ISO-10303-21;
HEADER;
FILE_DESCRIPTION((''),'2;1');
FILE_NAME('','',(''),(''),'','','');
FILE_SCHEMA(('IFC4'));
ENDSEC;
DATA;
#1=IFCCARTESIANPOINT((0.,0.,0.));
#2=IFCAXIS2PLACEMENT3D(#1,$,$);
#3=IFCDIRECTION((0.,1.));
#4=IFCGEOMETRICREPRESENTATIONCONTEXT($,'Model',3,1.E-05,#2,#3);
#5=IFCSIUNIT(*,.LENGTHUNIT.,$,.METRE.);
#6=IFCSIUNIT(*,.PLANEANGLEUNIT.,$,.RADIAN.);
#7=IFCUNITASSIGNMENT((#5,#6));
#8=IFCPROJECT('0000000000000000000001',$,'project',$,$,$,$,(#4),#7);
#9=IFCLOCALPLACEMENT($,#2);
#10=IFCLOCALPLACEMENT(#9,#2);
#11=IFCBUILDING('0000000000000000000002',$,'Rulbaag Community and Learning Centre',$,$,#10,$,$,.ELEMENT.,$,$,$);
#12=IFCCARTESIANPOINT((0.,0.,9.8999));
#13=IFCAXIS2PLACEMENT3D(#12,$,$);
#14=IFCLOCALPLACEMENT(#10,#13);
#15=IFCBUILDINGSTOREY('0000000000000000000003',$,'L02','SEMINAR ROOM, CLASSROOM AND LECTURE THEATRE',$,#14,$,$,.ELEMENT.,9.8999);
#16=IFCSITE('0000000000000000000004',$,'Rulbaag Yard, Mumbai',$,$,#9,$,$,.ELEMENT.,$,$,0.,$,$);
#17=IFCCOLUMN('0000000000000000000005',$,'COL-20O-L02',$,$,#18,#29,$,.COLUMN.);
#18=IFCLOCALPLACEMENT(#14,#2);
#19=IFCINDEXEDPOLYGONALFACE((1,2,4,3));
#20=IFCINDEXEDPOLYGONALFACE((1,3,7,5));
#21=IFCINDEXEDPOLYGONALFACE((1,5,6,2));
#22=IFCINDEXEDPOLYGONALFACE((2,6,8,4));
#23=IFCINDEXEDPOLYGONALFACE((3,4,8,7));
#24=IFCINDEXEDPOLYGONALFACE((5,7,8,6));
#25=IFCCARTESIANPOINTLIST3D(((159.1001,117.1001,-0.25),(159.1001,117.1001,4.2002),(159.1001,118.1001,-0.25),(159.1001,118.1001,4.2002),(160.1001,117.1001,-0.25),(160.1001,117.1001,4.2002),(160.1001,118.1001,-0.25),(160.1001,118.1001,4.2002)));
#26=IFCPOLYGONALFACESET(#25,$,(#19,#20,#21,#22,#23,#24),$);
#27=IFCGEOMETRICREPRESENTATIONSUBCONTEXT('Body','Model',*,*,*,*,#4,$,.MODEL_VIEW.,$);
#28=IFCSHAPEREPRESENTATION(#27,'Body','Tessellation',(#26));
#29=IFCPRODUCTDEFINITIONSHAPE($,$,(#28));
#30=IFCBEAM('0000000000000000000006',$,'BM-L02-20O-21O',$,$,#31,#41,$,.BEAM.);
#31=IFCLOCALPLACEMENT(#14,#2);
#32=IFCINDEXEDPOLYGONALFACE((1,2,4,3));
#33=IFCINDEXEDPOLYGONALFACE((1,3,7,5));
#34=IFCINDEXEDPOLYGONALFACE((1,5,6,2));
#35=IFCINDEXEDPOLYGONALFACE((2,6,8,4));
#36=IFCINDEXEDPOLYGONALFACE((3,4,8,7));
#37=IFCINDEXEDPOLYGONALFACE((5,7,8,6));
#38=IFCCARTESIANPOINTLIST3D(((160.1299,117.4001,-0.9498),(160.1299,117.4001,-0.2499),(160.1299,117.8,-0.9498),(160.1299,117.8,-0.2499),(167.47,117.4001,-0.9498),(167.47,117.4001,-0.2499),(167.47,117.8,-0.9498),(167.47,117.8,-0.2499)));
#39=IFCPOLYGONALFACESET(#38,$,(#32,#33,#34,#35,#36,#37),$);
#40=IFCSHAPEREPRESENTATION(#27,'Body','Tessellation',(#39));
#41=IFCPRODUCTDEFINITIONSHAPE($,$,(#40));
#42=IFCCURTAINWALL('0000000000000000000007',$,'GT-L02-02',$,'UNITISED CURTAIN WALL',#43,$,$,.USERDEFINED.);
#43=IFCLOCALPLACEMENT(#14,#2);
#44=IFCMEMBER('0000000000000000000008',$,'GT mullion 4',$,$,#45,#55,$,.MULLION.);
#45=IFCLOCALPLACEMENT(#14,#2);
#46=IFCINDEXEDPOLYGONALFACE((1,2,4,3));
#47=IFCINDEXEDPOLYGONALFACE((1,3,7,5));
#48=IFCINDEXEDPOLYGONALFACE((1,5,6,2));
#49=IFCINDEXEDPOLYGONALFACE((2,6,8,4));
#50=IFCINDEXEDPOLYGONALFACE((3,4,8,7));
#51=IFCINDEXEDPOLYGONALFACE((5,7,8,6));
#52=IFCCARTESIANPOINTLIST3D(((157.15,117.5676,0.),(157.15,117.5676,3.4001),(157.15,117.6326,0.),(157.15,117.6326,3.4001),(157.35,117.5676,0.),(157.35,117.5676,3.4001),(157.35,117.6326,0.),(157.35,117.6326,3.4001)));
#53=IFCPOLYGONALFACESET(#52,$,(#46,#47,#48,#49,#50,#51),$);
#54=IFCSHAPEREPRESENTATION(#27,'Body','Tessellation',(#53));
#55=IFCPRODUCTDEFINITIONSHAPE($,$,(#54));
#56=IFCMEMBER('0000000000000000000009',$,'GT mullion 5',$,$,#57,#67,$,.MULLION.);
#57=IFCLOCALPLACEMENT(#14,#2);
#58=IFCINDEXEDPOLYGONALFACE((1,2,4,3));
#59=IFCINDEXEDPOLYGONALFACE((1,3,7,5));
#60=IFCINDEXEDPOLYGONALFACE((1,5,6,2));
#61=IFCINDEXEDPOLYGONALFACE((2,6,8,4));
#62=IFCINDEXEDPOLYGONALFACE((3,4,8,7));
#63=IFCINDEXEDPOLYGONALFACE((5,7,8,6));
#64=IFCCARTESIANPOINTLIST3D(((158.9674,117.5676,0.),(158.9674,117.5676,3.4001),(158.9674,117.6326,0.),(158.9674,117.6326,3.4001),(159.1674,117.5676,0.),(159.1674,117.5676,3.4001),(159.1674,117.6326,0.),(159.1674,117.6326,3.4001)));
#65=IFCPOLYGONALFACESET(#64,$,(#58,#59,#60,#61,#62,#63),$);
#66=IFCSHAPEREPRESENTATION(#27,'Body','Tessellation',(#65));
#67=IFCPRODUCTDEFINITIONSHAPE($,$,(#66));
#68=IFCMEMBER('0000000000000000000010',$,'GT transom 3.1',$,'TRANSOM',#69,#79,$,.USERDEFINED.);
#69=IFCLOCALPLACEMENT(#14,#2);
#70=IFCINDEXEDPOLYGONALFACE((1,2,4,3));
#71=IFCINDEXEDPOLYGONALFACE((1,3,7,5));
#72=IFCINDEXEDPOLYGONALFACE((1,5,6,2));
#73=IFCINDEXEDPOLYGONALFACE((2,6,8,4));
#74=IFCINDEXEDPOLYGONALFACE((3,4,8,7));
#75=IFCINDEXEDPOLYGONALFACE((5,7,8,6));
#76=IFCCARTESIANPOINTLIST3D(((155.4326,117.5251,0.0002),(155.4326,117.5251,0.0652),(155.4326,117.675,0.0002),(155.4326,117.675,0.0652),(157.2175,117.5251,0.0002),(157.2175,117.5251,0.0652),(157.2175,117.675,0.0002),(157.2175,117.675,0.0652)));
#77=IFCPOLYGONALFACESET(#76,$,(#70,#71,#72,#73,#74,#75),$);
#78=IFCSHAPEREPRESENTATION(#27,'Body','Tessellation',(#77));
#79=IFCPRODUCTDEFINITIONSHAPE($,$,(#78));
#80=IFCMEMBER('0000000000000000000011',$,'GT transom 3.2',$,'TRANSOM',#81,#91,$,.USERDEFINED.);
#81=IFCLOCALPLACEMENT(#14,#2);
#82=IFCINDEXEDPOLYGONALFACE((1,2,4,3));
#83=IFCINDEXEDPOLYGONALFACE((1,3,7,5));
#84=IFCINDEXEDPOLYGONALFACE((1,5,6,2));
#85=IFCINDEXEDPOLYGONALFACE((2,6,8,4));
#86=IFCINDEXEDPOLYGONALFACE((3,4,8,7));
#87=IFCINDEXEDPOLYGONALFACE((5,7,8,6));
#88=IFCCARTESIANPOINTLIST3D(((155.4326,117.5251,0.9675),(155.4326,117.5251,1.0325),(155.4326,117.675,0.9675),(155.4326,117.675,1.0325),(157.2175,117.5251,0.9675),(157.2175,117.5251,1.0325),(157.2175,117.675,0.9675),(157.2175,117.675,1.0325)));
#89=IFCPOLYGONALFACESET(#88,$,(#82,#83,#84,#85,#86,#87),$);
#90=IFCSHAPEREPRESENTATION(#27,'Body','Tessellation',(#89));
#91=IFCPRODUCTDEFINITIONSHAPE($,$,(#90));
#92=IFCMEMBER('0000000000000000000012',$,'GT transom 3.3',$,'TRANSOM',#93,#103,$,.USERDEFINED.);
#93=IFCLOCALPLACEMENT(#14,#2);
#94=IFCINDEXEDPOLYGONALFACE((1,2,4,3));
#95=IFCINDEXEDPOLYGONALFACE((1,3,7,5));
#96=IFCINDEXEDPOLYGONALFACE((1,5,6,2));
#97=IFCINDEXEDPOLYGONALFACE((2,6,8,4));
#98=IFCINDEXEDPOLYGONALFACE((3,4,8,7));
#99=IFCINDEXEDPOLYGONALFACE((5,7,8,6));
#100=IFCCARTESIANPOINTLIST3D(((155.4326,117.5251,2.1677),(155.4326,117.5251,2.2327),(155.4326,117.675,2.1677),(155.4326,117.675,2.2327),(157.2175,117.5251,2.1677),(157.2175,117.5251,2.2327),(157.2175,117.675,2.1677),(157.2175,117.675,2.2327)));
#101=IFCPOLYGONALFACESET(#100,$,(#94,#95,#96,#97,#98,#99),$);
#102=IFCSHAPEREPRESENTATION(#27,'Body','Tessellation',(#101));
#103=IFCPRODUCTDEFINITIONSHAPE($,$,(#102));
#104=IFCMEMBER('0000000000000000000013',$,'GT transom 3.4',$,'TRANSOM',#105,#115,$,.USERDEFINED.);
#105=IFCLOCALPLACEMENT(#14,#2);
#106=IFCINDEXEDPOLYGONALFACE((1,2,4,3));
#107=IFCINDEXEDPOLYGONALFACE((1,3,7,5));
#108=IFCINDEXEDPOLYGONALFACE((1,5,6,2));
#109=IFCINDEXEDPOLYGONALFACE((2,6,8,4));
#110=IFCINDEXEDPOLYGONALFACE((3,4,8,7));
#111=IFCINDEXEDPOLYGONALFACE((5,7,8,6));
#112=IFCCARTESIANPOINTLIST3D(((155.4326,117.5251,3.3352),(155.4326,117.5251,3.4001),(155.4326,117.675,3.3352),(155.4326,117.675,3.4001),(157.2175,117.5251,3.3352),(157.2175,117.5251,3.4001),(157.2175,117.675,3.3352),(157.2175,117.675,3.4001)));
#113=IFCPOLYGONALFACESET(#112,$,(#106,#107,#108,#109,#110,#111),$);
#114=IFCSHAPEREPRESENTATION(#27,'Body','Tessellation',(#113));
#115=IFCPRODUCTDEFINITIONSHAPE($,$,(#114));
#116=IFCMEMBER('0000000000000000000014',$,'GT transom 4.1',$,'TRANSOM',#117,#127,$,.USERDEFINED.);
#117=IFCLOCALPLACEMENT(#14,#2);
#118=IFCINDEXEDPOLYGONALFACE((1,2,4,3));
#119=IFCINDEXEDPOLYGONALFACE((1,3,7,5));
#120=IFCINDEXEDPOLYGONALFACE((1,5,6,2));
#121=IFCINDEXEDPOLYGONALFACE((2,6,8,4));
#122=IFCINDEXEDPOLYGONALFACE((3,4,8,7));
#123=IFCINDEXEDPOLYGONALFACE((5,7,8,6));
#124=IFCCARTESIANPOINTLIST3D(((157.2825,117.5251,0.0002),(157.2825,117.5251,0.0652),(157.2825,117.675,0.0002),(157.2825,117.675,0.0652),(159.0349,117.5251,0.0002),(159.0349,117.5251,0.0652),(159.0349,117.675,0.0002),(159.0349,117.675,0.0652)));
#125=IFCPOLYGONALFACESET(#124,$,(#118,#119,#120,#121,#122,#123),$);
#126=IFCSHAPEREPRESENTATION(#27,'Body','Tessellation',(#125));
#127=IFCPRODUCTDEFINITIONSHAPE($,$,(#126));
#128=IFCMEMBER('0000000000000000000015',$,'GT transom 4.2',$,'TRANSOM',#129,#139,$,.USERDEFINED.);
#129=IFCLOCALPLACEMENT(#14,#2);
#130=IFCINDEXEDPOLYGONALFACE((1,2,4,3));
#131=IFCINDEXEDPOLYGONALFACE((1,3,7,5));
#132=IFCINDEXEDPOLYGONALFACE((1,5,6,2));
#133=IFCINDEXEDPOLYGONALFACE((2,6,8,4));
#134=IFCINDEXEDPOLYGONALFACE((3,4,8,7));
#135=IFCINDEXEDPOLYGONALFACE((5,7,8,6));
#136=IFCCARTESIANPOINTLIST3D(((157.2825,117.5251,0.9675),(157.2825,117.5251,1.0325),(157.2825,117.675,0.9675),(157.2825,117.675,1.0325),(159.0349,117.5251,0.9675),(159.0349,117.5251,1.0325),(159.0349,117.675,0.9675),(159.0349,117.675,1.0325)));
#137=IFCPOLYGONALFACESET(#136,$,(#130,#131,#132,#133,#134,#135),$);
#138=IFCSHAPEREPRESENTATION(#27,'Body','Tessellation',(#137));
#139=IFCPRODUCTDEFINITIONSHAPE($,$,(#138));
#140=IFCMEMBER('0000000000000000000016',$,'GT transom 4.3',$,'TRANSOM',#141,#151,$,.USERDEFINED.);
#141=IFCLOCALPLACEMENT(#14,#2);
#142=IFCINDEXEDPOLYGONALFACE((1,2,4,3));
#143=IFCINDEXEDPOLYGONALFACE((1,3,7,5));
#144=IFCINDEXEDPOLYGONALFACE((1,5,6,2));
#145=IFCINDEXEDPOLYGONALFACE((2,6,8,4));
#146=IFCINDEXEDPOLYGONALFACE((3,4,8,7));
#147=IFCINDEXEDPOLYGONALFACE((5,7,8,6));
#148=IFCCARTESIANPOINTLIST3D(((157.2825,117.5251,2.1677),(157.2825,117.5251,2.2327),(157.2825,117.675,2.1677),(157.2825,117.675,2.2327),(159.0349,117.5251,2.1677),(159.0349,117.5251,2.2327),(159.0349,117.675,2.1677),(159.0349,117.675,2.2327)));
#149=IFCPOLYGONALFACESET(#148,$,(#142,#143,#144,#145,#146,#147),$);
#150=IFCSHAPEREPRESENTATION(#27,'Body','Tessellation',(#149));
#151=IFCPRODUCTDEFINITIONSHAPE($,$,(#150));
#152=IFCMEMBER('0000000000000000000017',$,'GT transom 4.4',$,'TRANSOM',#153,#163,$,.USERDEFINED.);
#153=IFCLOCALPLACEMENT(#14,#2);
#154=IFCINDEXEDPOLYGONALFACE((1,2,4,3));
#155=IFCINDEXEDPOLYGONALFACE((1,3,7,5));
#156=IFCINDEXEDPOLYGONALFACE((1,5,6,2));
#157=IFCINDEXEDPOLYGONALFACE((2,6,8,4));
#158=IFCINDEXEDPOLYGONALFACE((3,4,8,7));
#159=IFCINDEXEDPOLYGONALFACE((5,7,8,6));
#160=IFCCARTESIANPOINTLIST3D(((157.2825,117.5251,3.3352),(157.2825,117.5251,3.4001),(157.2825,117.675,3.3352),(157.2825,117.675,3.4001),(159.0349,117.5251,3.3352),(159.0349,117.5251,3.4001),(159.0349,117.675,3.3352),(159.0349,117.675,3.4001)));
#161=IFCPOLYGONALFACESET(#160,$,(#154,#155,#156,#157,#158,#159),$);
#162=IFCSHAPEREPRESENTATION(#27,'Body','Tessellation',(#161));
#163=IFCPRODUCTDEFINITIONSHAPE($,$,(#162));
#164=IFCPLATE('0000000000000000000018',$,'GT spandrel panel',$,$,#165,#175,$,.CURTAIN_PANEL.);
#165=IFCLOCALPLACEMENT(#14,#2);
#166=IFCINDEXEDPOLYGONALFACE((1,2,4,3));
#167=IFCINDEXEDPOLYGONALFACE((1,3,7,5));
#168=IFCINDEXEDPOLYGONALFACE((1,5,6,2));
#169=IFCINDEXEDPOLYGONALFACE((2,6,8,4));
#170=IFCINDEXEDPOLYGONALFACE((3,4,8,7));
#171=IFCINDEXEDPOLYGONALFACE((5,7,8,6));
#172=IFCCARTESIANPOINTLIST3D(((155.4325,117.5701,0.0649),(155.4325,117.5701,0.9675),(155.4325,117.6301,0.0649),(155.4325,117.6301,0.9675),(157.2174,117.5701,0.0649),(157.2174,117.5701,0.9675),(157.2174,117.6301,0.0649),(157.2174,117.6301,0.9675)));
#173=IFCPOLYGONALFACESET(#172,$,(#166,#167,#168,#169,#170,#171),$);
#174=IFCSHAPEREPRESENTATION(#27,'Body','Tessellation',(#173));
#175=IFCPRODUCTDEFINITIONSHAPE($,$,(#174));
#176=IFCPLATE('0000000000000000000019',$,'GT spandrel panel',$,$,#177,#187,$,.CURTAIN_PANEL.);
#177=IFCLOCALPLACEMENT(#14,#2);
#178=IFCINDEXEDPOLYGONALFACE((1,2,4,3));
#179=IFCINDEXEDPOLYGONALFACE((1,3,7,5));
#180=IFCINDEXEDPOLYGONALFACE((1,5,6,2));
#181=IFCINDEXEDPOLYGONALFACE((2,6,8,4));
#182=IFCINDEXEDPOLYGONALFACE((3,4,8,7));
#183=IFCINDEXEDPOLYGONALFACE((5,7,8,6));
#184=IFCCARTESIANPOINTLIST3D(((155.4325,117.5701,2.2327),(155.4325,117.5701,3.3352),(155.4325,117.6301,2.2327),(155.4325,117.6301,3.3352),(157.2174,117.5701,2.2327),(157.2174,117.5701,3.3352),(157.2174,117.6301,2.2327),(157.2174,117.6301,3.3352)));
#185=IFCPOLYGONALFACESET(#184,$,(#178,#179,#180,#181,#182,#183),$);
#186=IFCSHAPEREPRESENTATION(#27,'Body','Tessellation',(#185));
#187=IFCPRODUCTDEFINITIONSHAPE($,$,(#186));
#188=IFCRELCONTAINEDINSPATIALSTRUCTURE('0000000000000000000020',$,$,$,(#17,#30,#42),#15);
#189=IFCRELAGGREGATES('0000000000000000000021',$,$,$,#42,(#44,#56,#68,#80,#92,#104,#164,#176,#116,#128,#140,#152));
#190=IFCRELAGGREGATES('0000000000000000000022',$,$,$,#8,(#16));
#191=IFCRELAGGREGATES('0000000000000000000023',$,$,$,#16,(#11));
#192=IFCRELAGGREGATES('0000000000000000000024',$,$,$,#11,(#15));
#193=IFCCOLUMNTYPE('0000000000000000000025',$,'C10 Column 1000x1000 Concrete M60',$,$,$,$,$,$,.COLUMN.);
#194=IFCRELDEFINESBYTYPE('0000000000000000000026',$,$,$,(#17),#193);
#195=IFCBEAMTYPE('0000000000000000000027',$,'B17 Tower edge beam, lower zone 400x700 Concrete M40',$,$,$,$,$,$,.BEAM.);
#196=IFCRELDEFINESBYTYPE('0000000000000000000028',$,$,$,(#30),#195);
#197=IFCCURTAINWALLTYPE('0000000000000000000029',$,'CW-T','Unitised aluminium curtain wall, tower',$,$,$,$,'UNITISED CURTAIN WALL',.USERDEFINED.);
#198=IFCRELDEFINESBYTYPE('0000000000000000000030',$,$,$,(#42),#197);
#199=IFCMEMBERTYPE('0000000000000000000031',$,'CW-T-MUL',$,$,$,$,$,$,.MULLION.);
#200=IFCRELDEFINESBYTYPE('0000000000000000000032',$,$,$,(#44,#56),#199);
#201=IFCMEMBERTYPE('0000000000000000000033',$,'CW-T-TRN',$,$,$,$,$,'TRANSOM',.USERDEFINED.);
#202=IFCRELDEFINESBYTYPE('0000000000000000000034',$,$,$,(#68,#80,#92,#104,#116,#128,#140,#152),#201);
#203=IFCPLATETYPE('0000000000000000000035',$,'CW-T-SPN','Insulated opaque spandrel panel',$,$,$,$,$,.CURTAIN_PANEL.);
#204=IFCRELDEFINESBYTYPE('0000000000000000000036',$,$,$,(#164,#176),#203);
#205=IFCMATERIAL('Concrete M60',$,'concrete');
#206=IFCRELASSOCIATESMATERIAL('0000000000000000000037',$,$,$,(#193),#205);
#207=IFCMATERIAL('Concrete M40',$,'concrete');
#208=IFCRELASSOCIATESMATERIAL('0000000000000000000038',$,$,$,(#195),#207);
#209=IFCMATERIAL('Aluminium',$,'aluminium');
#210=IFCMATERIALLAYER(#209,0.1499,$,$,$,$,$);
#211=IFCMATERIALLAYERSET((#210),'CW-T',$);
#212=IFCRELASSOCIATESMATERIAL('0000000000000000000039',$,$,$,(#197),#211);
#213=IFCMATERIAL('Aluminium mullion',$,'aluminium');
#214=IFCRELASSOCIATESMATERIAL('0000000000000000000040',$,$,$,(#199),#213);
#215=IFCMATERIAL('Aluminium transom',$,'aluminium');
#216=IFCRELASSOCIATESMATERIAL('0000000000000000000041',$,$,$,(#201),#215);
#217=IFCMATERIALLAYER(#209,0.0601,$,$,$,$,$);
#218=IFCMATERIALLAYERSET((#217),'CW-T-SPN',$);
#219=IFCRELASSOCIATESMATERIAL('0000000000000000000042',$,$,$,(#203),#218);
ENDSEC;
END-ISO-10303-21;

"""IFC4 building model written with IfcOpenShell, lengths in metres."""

from ifc_helpers import new_model, si_unit, direction, frame, origin, origin_2d, place, context, subcontext, project, spatial, rectangle, extrude, material, layer, layer_set, material_profile, profile_set, type_object, element, aggregate, save


model = new_model("IFC4")

# Units and contexts
model_context = context("Model", 3, precision=1e-05, world=origin(), true_north=direction((0.0, 1.0)))
body_context = subcontext(model_context, "Body", "Model", "MODEL_VIEW")
ifc_project = project(units=[si_unit("LENGTHUNIT", "METRE"), si_unit("PLANEANGLEUNIT", "RADIAN")], contexts=[model_context])

# Site, building, storey
site_placement = place(None, origin())
site = spatial("IfcSite", under=ifc_project, at=site_placement, Name="Rulbaag Yard, Mumbai", CompositionType="ELEMENT", RefElevation=0.0)
building_placement = place(site_placement, origin())
building = spatial("IfcBuilding", under=site, at=building_placement, Name="Rulbaag Community and Learning Centre", CompositionType="ELEMENT")
storey_placement = place(building_placement, frame((0.0, 0.0, 9.8999)))
storey = spatial("IfcBuildingStorey", under=building, at=storey_placement, Name="L02", Description="SEMINAR ROOM, CLASSROOM AND LECTURE THEATRE", CompositionType="ELEMENT", Elevation=9.8999)

# Column
ifc_material_1 = material(Name="Concrete M60", Category="concrete")
ifc_material_profile_1 = material_profile(ifc_material_1, rectangle(XDim=1.0, YDim=1.0, at=origin_2d()), Name="RC1000x1000")
ifc_profile_set_1 = profile_set([ifc_material_profile_1], Name="Concrete M60")
column_type = type_object("IfcColumnType", Name="C10 Column 1000x1000 Concrete M60", PredefinedType="COLUMN", material=ifc_profile_set_1)
column_placement = place(storey_placement, frame((159.6001, 117.6001, -0.25), z_axis=(0.0, 0.0, 1.0), x_axis=(1.0, 0.0, 0.0)))
element("IfcColumn", 1, at=column_placement, inside=storey, type_object=column_type, Name="COL-20O-L02", PredefinedType="COLUMN", context=body_context, shape_type="SweptSolid", body=[
    extrude(rectangle(XDim=1.0, YDim=1.0, at=origin_2d()), origin(), (0.0, 0.0, 1.0), 4.4502),
])

# Beam
ifc_material_2 = material(Name="Concrete M40", Category="concrete")
ifc_material_profile_2 = material_profile(ifc_material_2, rectangle(XDim=0.3999, YDim=0.7, at=origin_2d()), Name="RB400x700")
ifc_profile_set_2 = profile_set([ifc_material_profile_2], Name="Concrete M40")
beam_type = type_object("IfcBeamType", Name="B17 Tower edge beam, lower zone 400x700 Concrete M40", PredefinedType="BEAM", material=ifc_profile_set_2)
beam_placement = place(storey_placement, frame((160.1299, 117.6001, -0.5999), z_axis=(1.0, 0.0, 0.0), x_axis=(0.0, 1.0, 0.0)))
element("IfcBeam", 2, at=beam_placement, inside=storey, type_object=beam_type, Name="BM-L02-20O-21O", PredefinedType="BEAM", context=body_context, shape_type="SweptSolid", body=[
    extrude(rectangle(XDim=0.3999, YDim=0.7, at=origin_2d()), origin(), (0.0, 0.0, 1.0), 7.3401),
])

# Curtain wall, members, plates
ifc_material_3 = material(Name="Aluminium", Category="aluminium")
ifc_layer_1 = layer(ifc_material_3, 0.1499)
ifc_layer_set_1 = layer_set([ifc_layer_1], Name="CW-T")
curtain_wall_type = type_object("IfcCurtainWallType", Name="CW-T", Description="Unitised aluminium curtain wall, tower", ElementType="UNITISED CURTAIN WALL", PredefinedType="USERDEFINED", material=ifc_layer_set_1)
curtain_wall_placement = place(storey_placement, origin())
curtain_wall = element("IfcCurtainWall", 3, at=curtain_wall_placement, inside=storey, type_object=curtain_wall_type, Name="GT-L02-02", ObjectType="UNITISED CURTAIN WALL", PredefinedType="USERDEFINED")
ifc_material_4 = material(Name="Aluminium mullion", Category="aluminium")
ifc_material_profile_3 = material_profile(ifc_material_4, rectangle(XDim=0.0649, YDim=0.2, at=origin_2d()), Name="AL 65x200")
ifc_profile_set_3 = profile_set([ifc_material_profile_3], Name="Aluminium mullion")
member_type_1 = type_object("IfcMemberType", Name="CW-T-MUL", PredefinedType="MULLION", material=ifc_profile_set_3)
member_1_placement = place(storey_placement, frame((157.25, 117.6001, 0.0), z_axis=(0.0, 0.0, 1.0), x_axis=(0.0, 1.0, 0.0)))
member_1 = element("IfcMember", 4, at=member_1_placement, type_object=member_type_1, Name="GT mullion 4", PredefinedType="MULLION", context=body_context, shape_type="SweptSolid", body=[
    extrude(rectangle(XDim=0.0649, YDim=0.2, at=origin_2d()), origin(), (0.0, 0.0, 1.0), 3.4001),
])
member_2_placement = place(storey_placement, frame((159.0674, 117.6001, 0.0), z_axis=(0.0, 0.0, 1.0), x_axis=(0.0, 1.0, 0.0)))
member_2 = element("IfcMember", 5, at=member_2_placement, type_object=member_type_1, Name="GT mullion 5", PredefinedType="MULLION", context=body_context, shape_type="SweptSolid", body=[
    extrude(rectangle(XDim=0.0649, YDim=0.2, at=origin_2d()), origin(), (0.0, 0.0, 1.0), 3.4001),
])
ifc_material_5 = material(Name="Aluminium transom", Category="aluminium")
ifc_material_profile_4 = material_profile(ifc_material_5, rectangle(XDim=0.1499, YDim=0.0649, at=origin_2d()), Name="AL 65x150 T")
ifc_profile_set_4 = profile_set([ifc_material_profile_4], Name="Aluminium transom")
member_type_2 = type_object("IfcMemberType", Name="CW-T-TRN", ElementType="TRANSOM", PredefinedType="USERDEFINED", material=ifc_profile_set_4)
member_3_placement = place(storey_placement, frame((155.4326, 117.6001, 0.0327), z_axis=(1.0, 0.0, 0.0), x_axis=(0.0, 1.0, 0.0)))
member_3 = element("IfcMember", 6, at=member_3_placement, type_object=member_type_2, Name="GT transom 3.1", ObjectType="TRANSOM", PredefinedType="USERDEFINED", context=body_context, shape_type="SweptSolid", body=[
    extrude(rectangle(XDim=0.1499, YDim=0.0649, at=origin_2d()), origin(), (0.0, 0.0, 1.0), 1.7849),
])
member_4_placement = place(storey_placement, frame((155.4326, 117.6001, 1.0), z_axis=(1.0, 0.0, 0.0), x_axis=(0.0, 1.0, 0.0)))
member_4 = element("IfcMember", 7, at=member_4_placement, type_object=member_type_2, Name="GT transom 3.2", ObjectType="TRANSOM", PredefinedType="USERDEFINED", context=body_context, shape_type="SweptSolid", body=[
    extrude(rectangle(XDim=0.1499, YDim=0.0649, at=origin_2d()), origin(), (0.0, 0.0, 1.0), 1.7849),
])
member_5_placement = place(storey_placement, frame((155.4326, 117.6001, 2.2002), z_axis=(1.0, 0.0, 0.0), x_axis=(0.0, 1.0, 0.0)))
member_5 = element("IfcMember", 8, at=member_5_placement, type_object=member_type_2, Name="GT transom 3.3", ObjectType="TRANSOM", PredefinedType="USERDEFINED", context=body_context, shape_type="SweptSolid", body=[
    extrude(rectangle(XDim=0.1499, YDim=0.0649, at=origin_2d()), origin(), (0.0, 0.0, 1.0), 1.7849),
])
member_6_placement = place(storey_placement, frame((155.4326, 117.6001, 3.3677), z_axis=(1.0, 0.0, 0.0), x_axis=(0.0, 1.0, 0.0)))
member_6 = element("IfcMember", 9, at=member_6_placement, type_object=member_type_2, Name="GT transom 3.4", ObjectType="TRANSOM", PredefinedType="USERDEFINED", context=body_context, shape_type="SweptSolid", body=[
    extrude(rectangle(XDim=0.1499, YDim=0.0649, at=origin_2d()), origin(), (0.0, 0.0, 1.0), 1.7849),
])
member_7_placement = place(storey_placement, frame((157.2825, 117.6001, 0.0327), z_axis=(1.0, 0.0, 0.0), x_axis=(0.0, 1.0, 0.0)))
member_7 = element("IfcMember", 10, at=member_7_placement, type_object=member_type_2, Name="GT transom 4.1", ObjectType="TRANSOM", PredefinedType="USERDEFINED", context=body_context, shape_type="SweptSolid", body=[
    extrude(rectangle(XDim=0.1499, YDim=0.0649, at=origin_2d()), origin(), (0.0, 0.0, 1.0), 1.7524),
])
member_8_placement = place(storey_placement, frame((157.2825, 117.6001, 1.0), z_axis=(1.0, 0.0, 0.0), x_axis=(0.0, 1.0, 0.0)))
member_8 = element("IfcMember", 11, at=member_8_placement, type_object=member_type_2, Name="GT transom 4.2", ObjectType="TRANSOM", PredefinedType="USERDEFINED", context=body_context, shape_type="SweptSolid", body=[
    extrude(rectangle(XDim=0.1499, YDim=0.0649, at=origin_2d()), origin(), (0.0, 0.0, 1.0), 1.7524),
])
member_9_placement = place(storey_placement, frame((157.2825, 117.6001, 2.2002), z_axis=(1.0, 0.0, 0.0), x_axis=(0.0, 1.0, 0.0)))
member_9 = element("IfcMember", 12, at=member_9_placement, type_object=member_type_2, Name="GT transom 4.3", ObjectType="TRANSOM", PredefinedType="USERDEFINED", context=body_context, shape_type="SweptSolid", body=[
    extrude(rectangle(XDim=0.1499, YDim=0.0649, at=origin_2d()), origin(), (0.0, 0.0, 1.0), 1.7524),
])
member_10_placement = place(storey_placement, frame((157.2825, 117.6001, 3.3677), z_axis=(1.0, 0.0, 0.0), x_axis=(0.0, 1.0, 0.0)))
member_10 = element("IfcMember", 13, at=member_10_placement, type_object=member_type_2, Name="GT transom 4.4", ObjectType="TRANSOM", PredefinedType="USERDEFINED", context=body_context, shape_type="SweptSolid", body=[
    extrude(rectangle(XDim=0.1499, YDim=0.0649, at=origin_2d()), origin(), (0.0, 0.0, 1.0), 1.7524),
])
ifc_layer_2 = layer(ifc_material_3, 0.0601)
ifc_layer_set_2 = layer_set([ifc_layer_2], Name="CW-T-SPN")
plate_type_1 = type_object("IfcPlateType", Name="CW-T-SPN", Description="Insulated opaque spandrel panel", PredefinedType="CURTAIN_PANEL", material=ifc_layer_set_2)
plate_1_placement = place(storey_placement, frame((156.325, 117.6001, 0.0649), z_axis=(0.0, 0.0, 1.0), x_axis=(1.0, 0.0, 0.0)))
plate_1 = element("IfcPlate", 14, at=plate_1_placement, type_object=plate_type_1, Name="GT spandrel panel", PredefinedType="CURTAIN_PANEL", context=body_context, shape_type="SweptSolid", body=[
    extrude(rectangle(XDim=1.7849, YDim=0.0601, at=origin_2d()), origin(), (0.0, 0.0, 1.0), 0.9026),
])
plate_2_placement = place(storey_placement, frame((156.325, 117.6001, 2.2327), z_axis=(0.0, 0.0, 1.0), x_axis=(1.0, 0.0, 0.0)))
plate_2 = element("IfcPlate", 15, at=plate_2_placement, type_object=plate_type_1, Name="GT spandrel panel", PredefinedType="CURTAIN_PANEL", context=body_context, shape_type="SweptSolid", body=[
    extrude(rectangle(XDim=1.7849, YDim=0.0601, at=origin_2d()), origin(), (0.0, 0.0, 1.0), 1.1025),
])
aggregate(curtain_wall, [member_1, member_2, member_3, member_4, member_5, member_6, plate_1, plate_2, member_7, member_8, member_9, member_10])

save(model, "model.ifc")
